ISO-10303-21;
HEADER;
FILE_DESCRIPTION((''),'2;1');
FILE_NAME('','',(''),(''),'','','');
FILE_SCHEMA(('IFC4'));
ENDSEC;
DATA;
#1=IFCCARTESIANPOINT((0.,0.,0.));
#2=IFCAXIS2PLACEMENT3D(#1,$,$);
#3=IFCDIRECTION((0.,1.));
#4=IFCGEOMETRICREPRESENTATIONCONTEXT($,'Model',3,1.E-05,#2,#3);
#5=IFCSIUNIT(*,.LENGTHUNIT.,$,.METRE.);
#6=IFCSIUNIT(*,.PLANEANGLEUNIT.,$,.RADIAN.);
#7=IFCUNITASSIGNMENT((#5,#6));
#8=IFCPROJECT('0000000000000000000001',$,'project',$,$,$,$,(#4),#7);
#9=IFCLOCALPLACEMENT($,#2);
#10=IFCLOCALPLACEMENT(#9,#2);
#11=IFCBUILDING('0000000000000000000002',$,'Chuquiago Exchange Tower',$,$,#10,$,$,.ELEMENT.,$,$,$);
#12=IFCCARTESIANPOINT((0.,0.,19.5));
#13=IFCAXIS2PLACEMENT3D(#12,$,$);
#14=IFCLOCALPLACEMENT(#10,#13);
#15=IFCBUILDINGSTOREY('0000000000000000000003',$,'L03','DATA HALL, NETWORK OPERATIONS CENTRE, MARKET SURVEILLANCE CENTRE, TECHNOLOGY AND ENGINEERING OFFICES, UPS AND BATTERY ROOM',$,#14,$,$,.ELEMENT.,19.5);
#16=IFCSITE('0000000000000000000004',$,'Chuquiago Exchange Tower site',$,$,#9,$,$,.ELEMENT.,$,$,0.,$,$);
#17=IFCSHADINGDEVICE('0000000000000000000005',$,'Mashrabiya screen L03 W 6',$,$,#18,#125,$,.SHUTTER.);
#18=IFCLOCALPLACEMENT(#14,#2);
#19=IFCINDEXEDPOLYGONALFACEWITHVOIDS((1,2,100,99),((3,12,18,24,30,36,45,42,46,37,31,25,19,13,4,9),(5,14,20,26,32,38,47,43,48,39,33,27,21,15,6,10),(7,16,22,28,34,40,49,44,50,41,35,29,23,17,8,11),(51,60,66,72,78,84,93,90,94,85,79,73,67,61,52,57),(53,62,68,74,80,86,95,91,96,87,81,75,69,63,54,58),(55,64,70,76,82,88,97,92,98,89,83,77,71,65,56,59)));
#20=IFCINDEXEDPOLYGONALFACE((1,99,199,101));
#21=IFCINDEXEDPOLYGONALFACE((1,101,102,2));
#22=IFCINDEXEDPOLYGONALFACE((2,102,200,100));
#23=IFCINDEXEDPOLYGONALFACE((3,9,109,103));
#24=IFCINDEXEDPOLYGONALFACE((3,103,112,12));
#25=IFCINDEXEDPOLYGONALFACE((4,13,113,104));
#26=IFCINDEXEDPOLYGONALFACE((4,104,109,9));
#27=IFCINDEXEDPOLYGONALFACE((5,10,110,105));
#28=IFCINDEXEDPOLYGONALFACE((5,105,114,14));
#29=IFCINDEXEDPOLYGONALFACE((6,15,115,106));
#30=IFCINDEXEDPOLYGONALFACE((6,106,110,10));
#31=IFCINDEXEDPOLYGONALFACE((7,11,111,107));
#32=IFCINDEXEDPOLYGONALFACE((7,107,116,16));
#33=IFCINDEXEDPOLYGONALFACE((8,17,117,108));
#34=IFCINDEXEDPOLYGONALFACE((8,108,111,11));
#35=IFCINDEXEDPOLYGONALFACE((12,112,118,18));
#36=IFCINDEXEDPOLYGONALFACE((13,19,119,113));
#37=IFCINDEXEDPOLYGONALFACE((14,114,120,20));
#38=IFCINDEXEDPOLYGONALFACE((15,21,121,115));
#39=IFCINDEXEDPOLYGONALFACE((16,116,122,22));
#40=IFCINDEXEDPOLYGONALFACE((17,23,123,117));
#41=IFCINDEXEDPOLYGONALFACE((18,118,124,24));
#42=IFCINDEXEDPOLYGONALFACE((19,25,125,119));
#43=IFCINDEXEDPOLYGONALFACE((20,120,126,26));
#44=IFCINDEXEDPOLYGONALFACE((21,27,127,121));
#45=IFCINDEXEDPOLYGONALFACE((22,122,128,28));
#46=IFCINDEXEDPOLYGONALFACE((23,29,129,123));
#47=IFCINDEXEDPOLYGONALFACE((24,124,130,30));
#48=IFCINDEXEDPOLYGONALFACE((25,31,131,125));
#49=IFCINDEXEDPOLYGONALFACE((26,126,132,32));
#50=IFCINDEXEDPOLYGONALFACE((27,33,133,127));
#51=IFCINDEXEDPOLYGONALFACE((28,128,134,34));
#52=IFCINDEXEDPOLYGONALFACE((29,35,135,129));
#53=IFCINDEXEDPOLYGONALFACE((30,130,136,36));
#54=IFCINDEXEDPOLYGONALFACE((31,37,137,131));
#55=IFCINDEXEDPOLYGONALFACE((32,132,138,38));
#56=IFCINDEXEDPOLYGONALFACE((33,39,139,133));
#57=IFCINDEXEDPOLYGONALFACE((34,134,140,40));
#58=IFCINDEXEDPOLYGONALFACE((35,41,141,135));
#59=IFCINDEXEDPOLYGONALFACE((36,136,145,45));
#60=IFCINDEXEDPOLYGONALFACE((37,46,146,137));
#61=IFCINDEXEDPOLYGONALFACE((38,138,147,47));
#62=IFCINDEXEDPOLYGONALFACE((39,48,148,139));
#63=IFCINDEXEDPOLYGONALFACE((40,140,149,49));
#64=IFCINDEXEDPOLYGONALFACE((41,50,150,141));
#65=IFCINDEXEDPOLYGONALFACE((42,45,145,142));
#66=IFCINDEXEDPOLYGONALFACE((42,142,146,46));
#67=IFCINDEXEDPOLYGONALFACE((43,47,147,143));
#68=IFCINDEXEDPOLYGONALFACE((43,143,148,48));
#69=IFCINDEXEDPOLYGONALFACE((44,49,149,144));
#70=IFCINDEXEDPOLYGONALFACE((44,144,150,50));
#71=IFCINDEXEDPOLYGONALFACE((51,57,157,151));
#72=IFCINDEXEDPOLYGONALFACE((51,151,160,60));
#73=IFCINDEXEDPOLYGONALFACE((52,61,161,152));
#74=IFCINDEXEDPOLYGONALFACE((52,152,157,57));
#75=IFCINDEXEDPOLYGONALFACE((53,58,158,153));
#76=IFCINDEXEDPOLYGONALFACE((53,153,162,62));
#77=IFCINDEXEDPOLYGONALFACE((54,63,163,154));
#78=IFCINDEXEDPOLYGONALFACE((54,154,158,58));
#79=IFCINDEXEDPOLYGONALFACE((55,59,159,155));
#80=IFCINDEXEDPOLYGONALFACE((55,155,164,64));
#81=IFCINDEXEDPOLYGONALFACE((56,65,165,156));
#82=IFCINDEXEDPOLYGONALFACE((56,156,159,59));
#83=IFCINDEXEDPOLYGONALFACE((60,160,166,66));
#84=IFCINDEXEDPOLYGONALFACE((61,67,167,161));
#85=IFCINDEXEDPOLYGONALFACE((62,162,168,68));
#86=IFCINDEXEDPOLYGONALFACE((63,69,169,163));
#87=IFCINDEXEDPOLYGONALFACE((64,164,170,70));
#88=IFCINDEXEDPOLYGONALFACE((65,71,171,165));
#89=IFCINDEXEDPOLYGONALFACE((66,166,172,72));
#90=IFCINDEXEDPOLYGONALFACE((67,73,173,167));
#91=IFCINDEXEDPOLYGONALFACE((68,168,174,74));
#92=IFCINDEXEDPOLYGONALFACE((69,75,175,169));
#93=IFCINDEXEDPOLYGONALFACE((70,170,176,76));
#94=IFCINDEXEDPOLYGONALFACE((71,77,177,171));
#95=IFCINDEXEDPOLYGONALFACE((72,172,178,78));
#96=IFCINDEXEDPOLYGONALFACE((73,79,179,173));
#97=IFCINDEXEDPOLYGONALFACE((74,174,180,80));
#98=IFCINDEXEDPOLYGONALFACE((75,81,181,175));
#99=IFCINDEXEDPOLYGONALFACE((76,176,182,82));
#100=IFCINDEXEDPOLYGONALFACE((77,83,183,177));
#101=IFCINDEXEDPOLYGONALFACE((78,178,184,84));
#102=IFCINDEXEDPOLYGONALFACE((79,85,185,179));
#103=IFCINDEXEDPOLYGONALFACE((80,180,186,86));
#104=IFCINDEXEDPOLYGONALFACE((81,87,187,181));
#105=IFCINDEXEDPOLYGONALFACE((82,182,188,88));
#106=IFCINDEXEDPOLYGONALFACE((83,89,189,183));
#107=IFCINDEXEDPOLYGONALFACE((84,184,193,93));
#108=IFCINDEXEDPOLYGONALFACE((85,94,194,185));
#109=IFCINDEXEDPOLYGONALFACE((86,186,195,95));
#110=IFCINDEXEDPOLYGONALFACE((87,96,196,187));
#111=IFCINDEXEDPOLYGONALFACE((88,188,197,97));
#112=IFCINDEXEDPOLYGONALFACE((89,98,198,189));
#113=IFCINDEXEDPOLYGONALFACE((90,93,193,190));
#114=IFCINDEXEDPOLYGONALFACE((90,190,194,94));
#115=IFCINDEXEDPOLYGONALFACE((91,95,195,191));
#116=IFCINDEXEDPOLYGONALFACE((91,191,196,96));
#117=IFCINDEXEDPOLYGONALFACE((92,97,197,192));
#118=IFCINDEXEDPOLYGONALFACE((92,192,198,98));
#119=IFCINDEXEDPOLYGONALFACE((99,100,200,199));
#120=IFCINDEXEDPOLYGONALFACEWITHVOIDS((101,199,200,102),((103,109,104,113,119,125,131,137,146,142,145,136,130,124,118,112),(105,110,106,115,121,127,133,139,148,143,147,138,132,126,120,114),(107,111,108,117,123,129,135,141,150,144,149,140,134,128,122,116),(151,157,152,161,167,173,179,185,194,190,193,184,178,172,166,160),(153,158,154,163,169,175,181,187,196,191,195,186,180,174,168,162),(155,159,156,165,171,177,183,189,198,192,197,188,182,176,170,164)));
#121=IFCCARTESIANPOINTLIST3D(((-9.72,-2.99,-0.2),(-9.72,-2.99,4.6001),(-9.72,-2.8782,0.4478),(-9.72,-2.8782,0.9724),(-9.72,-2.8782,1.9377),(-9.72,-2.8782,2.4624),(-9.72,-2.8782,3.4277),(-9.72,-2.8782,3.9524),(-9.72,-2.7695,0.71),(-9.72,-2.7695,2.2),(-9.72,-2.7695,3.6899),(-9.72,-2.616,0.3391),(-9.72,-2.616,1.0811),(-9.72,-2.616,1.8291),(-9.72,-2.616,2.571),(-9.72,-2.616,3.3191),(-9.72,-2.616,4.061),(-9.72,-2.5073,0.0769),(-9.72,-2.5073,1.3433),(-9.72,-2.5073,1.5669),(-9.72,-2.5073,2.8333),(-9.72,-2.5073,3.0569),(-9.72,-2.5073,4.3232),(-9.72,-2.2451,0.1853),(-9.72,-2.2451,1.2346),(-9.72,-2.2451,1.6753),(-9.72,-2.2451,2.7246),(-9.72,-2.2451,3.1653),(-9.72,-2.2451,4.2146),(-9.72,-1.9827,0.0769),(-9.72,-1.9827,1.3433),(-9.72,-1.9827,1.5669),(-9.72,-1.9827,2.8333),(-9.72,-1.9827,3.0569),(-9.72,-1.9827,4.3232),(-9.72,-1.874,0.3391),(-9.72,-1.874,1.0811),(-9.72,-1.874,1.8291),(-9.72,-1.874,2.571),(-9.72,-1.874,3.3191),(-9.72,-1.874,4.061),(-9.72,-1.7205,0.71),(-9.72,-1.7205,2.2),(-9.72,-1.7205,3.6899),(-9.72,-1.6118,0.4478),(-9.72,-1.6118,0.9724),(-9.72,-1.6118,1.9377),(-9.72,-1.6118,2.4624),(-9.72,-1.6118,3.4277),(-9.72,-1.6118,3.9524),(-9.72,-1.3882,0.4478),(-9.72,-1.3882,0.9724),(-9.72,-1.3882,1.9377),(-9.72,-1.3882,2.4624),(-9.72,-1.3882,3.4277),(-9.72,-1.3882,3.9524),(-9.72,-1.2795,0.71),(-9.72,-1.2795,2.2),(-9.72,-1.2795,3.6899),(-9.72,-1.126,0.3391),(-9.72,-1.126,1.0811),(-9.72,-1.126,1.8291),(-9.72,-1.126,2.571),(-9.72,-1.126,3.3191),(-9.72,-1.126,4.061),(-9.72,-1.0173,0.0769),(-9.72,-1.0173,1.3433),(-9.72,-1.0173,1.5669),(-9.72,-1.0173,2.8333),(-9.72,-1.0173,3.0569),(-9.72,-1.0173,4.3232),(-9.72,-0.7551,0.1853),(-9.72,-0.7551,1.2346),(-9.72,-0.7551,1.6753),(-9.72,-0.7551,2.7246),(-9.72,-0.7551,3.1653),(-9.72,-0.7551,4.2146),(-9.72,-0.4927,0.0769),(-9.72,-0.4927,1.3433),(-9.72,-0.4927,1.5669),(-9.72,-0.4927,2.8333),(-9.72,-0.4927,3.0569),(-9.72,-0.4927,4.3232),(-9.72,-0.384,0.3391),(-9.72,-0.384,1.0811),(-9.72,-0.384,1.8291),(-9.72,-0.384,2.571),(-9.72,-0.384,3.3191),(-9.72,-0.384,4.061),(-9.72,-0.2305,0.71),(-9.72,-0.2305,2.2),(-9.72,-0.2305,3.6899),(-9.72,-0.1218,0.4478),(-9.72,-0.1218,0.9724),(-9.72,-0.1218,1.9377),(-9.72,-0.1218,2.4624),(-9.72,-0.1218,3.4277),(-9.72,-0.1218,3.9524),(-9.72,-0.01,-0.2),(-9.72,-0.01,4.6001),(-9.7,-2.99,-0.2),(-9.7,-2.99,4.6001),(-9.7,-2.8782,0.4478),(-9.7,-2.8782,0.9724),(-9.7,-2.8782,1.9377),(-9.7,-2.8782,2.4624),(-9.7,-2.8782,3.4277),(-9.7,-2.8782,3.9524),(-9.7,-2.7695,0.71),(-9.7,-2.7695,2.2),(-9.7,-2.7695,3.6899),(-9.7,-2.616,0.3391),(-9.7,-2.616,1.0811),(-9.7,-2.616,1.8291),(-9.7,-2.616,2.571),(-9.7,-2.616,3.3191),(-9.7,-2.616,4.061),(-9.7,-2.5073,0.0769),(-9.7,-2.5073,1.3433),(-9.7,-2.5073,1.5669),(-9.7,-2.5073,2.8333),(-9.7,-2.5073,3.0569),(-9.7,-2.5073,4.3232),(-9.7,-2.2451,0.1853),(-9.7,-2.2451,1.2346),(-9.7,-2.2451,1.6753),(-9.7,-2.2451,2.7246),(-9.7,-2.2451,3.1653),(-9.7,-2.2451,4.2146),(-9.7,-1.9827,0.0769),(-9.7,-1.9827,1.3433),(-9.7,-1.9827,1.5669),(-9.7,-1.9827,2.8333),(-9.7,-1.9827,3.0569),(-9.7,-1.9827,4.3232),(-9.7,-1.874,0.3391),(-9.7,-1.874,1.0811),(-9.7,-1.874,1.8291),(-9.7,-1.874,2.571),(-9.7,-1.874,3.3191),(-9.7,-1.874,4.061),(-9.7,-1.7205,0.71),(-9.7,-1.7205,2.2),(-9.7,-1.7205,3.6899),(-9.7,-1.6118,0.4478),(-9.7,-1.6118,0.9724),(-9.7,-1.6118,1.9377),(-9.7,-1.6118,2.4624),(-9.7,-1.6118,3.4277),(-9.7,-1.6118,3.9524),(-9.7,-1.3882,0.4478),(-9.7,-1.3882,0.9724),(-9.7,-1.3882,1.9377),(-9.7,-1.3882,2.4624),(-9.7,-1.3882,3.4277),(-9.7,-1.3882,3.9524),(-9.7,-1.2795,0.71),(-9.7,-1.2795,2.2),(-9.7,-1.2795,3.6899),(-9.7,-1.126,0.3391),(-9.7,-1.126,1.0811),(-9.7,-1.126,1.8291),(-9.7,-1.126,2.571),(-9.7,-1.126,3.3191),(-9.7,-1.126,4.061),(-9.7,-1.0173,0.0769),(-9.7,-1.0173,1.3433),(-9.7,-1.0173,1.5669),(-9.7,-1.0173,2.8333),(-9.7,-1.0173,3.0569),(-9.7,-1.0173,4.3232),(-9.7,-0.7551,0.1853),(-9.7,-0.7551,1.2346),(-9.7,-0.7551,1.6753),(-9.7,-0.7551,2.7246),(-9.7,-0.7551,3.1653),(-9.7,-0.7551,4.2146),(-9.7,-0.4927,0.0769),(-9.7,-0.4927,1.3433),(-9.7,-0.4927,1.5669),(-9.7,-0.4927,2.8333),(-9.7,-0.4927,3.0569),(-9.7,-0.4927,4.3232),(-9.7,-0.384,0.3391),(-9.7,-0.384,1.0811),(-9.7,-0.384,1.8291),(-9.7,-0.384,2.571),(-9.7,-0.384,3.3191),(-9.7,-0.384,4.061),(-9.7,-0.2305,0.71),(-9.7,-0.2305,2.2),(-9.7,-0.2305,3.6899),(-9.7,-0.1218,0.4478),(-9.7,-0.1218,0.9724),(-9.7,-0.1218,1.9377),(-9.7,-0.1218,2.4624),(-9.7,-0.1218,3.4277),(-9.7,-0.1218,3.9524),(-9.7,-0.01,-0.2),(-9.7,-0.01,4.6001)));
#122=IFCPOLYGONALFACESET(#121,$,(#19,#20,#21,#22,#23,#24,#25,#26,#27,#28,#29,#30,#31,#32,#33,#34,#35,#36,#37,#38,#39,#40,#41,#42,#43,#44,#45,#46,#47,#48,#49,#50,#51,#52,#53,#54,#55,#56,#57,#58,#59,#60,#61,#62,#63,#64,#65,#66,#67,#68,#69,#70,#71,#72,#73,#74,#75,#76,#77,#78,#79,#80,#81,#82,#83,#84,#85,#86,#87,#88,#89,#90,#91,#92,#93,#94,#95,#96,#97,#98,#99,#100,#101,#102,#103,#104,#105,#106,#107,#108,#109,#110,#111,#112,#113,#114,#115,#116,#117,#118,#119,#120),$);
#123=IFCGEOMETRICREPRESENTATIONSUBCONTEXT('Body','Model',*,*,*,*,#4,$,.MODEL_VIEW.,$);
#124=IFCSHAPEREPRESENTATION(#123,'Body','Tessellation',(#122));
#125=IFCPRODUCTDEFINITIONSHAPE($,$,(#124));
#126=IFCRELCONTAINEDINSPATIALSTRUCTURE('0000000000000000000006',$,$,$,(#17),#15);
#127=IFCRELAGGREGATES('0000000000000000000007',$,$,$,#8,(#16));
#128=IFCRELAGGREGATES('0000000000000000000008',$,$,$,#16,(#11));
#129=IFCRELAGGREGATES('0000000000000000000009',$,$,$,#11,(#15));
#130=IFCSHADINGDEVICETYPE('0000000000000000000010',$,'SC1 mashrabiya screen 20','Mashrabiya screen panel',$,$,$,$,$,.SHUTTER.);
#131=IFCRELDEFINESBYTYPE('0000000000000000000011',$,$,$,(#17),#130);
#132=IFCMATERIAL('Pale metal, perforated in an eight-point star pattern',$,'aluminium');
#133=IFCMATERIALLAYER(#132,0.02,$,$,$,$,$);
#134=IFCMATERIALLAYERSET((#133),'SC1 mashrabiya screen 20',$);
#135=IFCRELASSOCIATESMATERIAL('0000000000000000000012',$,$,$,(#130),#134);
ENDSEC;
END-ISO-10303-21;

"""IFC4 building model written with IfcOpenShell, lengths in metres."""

from ifc_helpers import new_model, si_unit, direction, frame, origin, place, context, subcontext, project, spatial, polyline, outline, extrude, material, layer, layer_set, type_object, element, save


model = new_model("IFC4")

# Units and contexts
model_context = context("Model", 3, precision=1e-05, world=origin(), true_north=direction((0.0, 1.0)))
body_context = subcontext(model_context, "Body", "Model", "MODEL_VIEW")
ifc_project = project(units=[si_unit("LENGTHUNIT", "METRE"), si_unit("PLANEANGLEUNIT", "RADIAN")], contexts=[model_context])

# Site, building, storey
site_placement = place(None, origin())
site = spatial("IfcSite", under=ifc_project, at=site_placement, Name="Chuquiago Exchange Tower site", CompositionType="ELEMENT", RefElevation=0.0)
building_placement = place(site_placement, origin())
building = spatial("IfcBuilding", under=site, at=building_placement, Name="Chuquiago Exchange Tower", CompositionType="ELEMENT")
storey_placement = place(building_placement, frame((0.0, 0.0, 19.5)))
storey = spatial("IfcBuildingStorey", under=building, at=storey_placement, Name="L03", Description="DATA HALL, NETWORK OPERATIONS CENTRE, MARKET SURVEILLANCE CENTRE, TECHNOLOGY AND ENGINEERING OFFICES, UPS AND BATTERY ROOM", CompositionType="ELEMENT", Elevation=19.5)

# Shading device
ifc_material_1 = material(Name="Pale metal, perforated in an eight-point star pattern", Category="aluminium")
ifc_layer_1 = layer(ifc_material_1, 0.02)
ifc_layer_set_1 = layer_set([ifc_layer_1], Name="SC1 mashrabiya screen 20")
shading_device_type = type_object("IfcShadingDeviceType", Name="SC1 mashrabiya screen 20", Description="Mashrabiya screen panel", PredefinedType="SHUTTER", material=ifc_layer_set_1)
shading_device_1_placement = place(storey_placement, frame((-9.7, -0.01, -0.2), z_axis=(0.0, 0.0, 1.0), x_axis=(0.0, -1.0, 0.0)))
element("IfcShadingDevice", 1, at=shading_device_1_placement, inside=storey, type_object=shading_device_type, Name="Mashrabiya screen L03 W 6", PredefinedType="SHUTTER", context=body_context, shape_type="SweptSolid", body=[
    extrude(outline(polyline([(0.0, 0.0), (2.98, 0.0), (2.98, 4.8), (0.0, 4.8), (0.0, 0.0)]), holes=[polyline([(1.2695, 0.9099), (1.3782, 1.1724), (1.116, 1.281), (1.0073, 1.5432), (0.7451, 1.4346), (0.4827, 1.5432), (0.374, 1.281), (0.1118, 1.1724), (0.2205, 0.9099), (0.1118, 0.6477), (0.374, 0.5391), (0.4827, 0.2769), (0.7451, 0.3853), (1.0073, 0.2769), (1.116, 0.5391), (1.3782, 0.6477), (1.2695, 0.9099)]), polyline([(2.7595, 0.9099), (2.8682, 1.1724), (2.606, 1.281), (2.4973, 1.5432), (2.2351, 1.4346), (1.9727, 1.5432), (1.864, 1.281), (1.6018, 1.1724), (1.7104, 0.9099), (1.6018, 0.6477), (1.864, 0.5391), (1.9727, 0.2769), (2.2351, 0.3853), (2.4973, 0.2769), (2.606, 0.5391), (2.8682, 0.6477), (2.7595, 0.9099)]), polyline([(1.2695, 2.3999), (1.3782, 2.6624), (1.116, 2.771), (1.0073, 3.0332), (0.7451, 2.9246), (0.4827, 3.0332), (0.374, 2.771), (0.1118, 2.6624), (0.2205, 2.3999), (0.1118, 2.1377), (0.374, 2.0291), (0.4827, 1.7668), (0.7451, 1.8752), (1.0073, 1.7668), (1.116, 2.0291), (1.3782, 2.1377), (1.2695, 2.3999)]), polyline([(2.7595, 2.3999), (2.8682, 2.6624), (2.606, 2.771), (2.4973, 3.0332), (2.2351, 2.9246), (1.9727, 3.0332), (1.864, 2.771), (1.6018, 2.6624), (1.7104, 2.3999), (1.6018, 2.1377), (1.864, 2.0291), (1.9727, 1.7668), (2.2351, 1.8752), (2.4973, 1.7668), (2.606, 2.0291), (2.8682, 2.1377), (2.7595, 2.3999)]), polyline([(1.2695, 3.8899), (1.3782, 4.1523), (1.116, 4.261), (1.0073, 4.5232), (0.7451, 4.4146), (0.4827, 4.5232), (0.374, 4.261), (0.1118, 4.1523), (0.2205, 3.8899), (0.1118, 3.6277), (0.374, 3.519), (0.4827, 3.2568), (0.7451, 3.3652), (1.0073, 3.2568), (1.116, 3.519), (1.3782, 3.6277), (1.2695, 3.8899)]), polyline([(2.7595, 3.8899), (2.8682, 4.1523), (2.606, 4.261), (2.4973, 4.5232), (2.2351, 4.4146), (1.9727, 4.5232), (1.864, 4.261), (1.6018, 4.1523), (1.7104, 3.8899), (1.6018, 3.6277), (1.864, 3.519), (1.9727, 3.2568), (2.2351, 3.3652), (2.4973, 3.2568), (2.606, 3.519), (2.8682, 3.6277), (2.7595, 3.8899)])]), frame((0.0, 0.0, 0.0), z_axis=(0.0, -1.0, 0.0), x_axis=(1.0, 0.0, 0.0)), (0.0, 0.0, 1.0), 0.02),
])

save(model, "model.ifc")
